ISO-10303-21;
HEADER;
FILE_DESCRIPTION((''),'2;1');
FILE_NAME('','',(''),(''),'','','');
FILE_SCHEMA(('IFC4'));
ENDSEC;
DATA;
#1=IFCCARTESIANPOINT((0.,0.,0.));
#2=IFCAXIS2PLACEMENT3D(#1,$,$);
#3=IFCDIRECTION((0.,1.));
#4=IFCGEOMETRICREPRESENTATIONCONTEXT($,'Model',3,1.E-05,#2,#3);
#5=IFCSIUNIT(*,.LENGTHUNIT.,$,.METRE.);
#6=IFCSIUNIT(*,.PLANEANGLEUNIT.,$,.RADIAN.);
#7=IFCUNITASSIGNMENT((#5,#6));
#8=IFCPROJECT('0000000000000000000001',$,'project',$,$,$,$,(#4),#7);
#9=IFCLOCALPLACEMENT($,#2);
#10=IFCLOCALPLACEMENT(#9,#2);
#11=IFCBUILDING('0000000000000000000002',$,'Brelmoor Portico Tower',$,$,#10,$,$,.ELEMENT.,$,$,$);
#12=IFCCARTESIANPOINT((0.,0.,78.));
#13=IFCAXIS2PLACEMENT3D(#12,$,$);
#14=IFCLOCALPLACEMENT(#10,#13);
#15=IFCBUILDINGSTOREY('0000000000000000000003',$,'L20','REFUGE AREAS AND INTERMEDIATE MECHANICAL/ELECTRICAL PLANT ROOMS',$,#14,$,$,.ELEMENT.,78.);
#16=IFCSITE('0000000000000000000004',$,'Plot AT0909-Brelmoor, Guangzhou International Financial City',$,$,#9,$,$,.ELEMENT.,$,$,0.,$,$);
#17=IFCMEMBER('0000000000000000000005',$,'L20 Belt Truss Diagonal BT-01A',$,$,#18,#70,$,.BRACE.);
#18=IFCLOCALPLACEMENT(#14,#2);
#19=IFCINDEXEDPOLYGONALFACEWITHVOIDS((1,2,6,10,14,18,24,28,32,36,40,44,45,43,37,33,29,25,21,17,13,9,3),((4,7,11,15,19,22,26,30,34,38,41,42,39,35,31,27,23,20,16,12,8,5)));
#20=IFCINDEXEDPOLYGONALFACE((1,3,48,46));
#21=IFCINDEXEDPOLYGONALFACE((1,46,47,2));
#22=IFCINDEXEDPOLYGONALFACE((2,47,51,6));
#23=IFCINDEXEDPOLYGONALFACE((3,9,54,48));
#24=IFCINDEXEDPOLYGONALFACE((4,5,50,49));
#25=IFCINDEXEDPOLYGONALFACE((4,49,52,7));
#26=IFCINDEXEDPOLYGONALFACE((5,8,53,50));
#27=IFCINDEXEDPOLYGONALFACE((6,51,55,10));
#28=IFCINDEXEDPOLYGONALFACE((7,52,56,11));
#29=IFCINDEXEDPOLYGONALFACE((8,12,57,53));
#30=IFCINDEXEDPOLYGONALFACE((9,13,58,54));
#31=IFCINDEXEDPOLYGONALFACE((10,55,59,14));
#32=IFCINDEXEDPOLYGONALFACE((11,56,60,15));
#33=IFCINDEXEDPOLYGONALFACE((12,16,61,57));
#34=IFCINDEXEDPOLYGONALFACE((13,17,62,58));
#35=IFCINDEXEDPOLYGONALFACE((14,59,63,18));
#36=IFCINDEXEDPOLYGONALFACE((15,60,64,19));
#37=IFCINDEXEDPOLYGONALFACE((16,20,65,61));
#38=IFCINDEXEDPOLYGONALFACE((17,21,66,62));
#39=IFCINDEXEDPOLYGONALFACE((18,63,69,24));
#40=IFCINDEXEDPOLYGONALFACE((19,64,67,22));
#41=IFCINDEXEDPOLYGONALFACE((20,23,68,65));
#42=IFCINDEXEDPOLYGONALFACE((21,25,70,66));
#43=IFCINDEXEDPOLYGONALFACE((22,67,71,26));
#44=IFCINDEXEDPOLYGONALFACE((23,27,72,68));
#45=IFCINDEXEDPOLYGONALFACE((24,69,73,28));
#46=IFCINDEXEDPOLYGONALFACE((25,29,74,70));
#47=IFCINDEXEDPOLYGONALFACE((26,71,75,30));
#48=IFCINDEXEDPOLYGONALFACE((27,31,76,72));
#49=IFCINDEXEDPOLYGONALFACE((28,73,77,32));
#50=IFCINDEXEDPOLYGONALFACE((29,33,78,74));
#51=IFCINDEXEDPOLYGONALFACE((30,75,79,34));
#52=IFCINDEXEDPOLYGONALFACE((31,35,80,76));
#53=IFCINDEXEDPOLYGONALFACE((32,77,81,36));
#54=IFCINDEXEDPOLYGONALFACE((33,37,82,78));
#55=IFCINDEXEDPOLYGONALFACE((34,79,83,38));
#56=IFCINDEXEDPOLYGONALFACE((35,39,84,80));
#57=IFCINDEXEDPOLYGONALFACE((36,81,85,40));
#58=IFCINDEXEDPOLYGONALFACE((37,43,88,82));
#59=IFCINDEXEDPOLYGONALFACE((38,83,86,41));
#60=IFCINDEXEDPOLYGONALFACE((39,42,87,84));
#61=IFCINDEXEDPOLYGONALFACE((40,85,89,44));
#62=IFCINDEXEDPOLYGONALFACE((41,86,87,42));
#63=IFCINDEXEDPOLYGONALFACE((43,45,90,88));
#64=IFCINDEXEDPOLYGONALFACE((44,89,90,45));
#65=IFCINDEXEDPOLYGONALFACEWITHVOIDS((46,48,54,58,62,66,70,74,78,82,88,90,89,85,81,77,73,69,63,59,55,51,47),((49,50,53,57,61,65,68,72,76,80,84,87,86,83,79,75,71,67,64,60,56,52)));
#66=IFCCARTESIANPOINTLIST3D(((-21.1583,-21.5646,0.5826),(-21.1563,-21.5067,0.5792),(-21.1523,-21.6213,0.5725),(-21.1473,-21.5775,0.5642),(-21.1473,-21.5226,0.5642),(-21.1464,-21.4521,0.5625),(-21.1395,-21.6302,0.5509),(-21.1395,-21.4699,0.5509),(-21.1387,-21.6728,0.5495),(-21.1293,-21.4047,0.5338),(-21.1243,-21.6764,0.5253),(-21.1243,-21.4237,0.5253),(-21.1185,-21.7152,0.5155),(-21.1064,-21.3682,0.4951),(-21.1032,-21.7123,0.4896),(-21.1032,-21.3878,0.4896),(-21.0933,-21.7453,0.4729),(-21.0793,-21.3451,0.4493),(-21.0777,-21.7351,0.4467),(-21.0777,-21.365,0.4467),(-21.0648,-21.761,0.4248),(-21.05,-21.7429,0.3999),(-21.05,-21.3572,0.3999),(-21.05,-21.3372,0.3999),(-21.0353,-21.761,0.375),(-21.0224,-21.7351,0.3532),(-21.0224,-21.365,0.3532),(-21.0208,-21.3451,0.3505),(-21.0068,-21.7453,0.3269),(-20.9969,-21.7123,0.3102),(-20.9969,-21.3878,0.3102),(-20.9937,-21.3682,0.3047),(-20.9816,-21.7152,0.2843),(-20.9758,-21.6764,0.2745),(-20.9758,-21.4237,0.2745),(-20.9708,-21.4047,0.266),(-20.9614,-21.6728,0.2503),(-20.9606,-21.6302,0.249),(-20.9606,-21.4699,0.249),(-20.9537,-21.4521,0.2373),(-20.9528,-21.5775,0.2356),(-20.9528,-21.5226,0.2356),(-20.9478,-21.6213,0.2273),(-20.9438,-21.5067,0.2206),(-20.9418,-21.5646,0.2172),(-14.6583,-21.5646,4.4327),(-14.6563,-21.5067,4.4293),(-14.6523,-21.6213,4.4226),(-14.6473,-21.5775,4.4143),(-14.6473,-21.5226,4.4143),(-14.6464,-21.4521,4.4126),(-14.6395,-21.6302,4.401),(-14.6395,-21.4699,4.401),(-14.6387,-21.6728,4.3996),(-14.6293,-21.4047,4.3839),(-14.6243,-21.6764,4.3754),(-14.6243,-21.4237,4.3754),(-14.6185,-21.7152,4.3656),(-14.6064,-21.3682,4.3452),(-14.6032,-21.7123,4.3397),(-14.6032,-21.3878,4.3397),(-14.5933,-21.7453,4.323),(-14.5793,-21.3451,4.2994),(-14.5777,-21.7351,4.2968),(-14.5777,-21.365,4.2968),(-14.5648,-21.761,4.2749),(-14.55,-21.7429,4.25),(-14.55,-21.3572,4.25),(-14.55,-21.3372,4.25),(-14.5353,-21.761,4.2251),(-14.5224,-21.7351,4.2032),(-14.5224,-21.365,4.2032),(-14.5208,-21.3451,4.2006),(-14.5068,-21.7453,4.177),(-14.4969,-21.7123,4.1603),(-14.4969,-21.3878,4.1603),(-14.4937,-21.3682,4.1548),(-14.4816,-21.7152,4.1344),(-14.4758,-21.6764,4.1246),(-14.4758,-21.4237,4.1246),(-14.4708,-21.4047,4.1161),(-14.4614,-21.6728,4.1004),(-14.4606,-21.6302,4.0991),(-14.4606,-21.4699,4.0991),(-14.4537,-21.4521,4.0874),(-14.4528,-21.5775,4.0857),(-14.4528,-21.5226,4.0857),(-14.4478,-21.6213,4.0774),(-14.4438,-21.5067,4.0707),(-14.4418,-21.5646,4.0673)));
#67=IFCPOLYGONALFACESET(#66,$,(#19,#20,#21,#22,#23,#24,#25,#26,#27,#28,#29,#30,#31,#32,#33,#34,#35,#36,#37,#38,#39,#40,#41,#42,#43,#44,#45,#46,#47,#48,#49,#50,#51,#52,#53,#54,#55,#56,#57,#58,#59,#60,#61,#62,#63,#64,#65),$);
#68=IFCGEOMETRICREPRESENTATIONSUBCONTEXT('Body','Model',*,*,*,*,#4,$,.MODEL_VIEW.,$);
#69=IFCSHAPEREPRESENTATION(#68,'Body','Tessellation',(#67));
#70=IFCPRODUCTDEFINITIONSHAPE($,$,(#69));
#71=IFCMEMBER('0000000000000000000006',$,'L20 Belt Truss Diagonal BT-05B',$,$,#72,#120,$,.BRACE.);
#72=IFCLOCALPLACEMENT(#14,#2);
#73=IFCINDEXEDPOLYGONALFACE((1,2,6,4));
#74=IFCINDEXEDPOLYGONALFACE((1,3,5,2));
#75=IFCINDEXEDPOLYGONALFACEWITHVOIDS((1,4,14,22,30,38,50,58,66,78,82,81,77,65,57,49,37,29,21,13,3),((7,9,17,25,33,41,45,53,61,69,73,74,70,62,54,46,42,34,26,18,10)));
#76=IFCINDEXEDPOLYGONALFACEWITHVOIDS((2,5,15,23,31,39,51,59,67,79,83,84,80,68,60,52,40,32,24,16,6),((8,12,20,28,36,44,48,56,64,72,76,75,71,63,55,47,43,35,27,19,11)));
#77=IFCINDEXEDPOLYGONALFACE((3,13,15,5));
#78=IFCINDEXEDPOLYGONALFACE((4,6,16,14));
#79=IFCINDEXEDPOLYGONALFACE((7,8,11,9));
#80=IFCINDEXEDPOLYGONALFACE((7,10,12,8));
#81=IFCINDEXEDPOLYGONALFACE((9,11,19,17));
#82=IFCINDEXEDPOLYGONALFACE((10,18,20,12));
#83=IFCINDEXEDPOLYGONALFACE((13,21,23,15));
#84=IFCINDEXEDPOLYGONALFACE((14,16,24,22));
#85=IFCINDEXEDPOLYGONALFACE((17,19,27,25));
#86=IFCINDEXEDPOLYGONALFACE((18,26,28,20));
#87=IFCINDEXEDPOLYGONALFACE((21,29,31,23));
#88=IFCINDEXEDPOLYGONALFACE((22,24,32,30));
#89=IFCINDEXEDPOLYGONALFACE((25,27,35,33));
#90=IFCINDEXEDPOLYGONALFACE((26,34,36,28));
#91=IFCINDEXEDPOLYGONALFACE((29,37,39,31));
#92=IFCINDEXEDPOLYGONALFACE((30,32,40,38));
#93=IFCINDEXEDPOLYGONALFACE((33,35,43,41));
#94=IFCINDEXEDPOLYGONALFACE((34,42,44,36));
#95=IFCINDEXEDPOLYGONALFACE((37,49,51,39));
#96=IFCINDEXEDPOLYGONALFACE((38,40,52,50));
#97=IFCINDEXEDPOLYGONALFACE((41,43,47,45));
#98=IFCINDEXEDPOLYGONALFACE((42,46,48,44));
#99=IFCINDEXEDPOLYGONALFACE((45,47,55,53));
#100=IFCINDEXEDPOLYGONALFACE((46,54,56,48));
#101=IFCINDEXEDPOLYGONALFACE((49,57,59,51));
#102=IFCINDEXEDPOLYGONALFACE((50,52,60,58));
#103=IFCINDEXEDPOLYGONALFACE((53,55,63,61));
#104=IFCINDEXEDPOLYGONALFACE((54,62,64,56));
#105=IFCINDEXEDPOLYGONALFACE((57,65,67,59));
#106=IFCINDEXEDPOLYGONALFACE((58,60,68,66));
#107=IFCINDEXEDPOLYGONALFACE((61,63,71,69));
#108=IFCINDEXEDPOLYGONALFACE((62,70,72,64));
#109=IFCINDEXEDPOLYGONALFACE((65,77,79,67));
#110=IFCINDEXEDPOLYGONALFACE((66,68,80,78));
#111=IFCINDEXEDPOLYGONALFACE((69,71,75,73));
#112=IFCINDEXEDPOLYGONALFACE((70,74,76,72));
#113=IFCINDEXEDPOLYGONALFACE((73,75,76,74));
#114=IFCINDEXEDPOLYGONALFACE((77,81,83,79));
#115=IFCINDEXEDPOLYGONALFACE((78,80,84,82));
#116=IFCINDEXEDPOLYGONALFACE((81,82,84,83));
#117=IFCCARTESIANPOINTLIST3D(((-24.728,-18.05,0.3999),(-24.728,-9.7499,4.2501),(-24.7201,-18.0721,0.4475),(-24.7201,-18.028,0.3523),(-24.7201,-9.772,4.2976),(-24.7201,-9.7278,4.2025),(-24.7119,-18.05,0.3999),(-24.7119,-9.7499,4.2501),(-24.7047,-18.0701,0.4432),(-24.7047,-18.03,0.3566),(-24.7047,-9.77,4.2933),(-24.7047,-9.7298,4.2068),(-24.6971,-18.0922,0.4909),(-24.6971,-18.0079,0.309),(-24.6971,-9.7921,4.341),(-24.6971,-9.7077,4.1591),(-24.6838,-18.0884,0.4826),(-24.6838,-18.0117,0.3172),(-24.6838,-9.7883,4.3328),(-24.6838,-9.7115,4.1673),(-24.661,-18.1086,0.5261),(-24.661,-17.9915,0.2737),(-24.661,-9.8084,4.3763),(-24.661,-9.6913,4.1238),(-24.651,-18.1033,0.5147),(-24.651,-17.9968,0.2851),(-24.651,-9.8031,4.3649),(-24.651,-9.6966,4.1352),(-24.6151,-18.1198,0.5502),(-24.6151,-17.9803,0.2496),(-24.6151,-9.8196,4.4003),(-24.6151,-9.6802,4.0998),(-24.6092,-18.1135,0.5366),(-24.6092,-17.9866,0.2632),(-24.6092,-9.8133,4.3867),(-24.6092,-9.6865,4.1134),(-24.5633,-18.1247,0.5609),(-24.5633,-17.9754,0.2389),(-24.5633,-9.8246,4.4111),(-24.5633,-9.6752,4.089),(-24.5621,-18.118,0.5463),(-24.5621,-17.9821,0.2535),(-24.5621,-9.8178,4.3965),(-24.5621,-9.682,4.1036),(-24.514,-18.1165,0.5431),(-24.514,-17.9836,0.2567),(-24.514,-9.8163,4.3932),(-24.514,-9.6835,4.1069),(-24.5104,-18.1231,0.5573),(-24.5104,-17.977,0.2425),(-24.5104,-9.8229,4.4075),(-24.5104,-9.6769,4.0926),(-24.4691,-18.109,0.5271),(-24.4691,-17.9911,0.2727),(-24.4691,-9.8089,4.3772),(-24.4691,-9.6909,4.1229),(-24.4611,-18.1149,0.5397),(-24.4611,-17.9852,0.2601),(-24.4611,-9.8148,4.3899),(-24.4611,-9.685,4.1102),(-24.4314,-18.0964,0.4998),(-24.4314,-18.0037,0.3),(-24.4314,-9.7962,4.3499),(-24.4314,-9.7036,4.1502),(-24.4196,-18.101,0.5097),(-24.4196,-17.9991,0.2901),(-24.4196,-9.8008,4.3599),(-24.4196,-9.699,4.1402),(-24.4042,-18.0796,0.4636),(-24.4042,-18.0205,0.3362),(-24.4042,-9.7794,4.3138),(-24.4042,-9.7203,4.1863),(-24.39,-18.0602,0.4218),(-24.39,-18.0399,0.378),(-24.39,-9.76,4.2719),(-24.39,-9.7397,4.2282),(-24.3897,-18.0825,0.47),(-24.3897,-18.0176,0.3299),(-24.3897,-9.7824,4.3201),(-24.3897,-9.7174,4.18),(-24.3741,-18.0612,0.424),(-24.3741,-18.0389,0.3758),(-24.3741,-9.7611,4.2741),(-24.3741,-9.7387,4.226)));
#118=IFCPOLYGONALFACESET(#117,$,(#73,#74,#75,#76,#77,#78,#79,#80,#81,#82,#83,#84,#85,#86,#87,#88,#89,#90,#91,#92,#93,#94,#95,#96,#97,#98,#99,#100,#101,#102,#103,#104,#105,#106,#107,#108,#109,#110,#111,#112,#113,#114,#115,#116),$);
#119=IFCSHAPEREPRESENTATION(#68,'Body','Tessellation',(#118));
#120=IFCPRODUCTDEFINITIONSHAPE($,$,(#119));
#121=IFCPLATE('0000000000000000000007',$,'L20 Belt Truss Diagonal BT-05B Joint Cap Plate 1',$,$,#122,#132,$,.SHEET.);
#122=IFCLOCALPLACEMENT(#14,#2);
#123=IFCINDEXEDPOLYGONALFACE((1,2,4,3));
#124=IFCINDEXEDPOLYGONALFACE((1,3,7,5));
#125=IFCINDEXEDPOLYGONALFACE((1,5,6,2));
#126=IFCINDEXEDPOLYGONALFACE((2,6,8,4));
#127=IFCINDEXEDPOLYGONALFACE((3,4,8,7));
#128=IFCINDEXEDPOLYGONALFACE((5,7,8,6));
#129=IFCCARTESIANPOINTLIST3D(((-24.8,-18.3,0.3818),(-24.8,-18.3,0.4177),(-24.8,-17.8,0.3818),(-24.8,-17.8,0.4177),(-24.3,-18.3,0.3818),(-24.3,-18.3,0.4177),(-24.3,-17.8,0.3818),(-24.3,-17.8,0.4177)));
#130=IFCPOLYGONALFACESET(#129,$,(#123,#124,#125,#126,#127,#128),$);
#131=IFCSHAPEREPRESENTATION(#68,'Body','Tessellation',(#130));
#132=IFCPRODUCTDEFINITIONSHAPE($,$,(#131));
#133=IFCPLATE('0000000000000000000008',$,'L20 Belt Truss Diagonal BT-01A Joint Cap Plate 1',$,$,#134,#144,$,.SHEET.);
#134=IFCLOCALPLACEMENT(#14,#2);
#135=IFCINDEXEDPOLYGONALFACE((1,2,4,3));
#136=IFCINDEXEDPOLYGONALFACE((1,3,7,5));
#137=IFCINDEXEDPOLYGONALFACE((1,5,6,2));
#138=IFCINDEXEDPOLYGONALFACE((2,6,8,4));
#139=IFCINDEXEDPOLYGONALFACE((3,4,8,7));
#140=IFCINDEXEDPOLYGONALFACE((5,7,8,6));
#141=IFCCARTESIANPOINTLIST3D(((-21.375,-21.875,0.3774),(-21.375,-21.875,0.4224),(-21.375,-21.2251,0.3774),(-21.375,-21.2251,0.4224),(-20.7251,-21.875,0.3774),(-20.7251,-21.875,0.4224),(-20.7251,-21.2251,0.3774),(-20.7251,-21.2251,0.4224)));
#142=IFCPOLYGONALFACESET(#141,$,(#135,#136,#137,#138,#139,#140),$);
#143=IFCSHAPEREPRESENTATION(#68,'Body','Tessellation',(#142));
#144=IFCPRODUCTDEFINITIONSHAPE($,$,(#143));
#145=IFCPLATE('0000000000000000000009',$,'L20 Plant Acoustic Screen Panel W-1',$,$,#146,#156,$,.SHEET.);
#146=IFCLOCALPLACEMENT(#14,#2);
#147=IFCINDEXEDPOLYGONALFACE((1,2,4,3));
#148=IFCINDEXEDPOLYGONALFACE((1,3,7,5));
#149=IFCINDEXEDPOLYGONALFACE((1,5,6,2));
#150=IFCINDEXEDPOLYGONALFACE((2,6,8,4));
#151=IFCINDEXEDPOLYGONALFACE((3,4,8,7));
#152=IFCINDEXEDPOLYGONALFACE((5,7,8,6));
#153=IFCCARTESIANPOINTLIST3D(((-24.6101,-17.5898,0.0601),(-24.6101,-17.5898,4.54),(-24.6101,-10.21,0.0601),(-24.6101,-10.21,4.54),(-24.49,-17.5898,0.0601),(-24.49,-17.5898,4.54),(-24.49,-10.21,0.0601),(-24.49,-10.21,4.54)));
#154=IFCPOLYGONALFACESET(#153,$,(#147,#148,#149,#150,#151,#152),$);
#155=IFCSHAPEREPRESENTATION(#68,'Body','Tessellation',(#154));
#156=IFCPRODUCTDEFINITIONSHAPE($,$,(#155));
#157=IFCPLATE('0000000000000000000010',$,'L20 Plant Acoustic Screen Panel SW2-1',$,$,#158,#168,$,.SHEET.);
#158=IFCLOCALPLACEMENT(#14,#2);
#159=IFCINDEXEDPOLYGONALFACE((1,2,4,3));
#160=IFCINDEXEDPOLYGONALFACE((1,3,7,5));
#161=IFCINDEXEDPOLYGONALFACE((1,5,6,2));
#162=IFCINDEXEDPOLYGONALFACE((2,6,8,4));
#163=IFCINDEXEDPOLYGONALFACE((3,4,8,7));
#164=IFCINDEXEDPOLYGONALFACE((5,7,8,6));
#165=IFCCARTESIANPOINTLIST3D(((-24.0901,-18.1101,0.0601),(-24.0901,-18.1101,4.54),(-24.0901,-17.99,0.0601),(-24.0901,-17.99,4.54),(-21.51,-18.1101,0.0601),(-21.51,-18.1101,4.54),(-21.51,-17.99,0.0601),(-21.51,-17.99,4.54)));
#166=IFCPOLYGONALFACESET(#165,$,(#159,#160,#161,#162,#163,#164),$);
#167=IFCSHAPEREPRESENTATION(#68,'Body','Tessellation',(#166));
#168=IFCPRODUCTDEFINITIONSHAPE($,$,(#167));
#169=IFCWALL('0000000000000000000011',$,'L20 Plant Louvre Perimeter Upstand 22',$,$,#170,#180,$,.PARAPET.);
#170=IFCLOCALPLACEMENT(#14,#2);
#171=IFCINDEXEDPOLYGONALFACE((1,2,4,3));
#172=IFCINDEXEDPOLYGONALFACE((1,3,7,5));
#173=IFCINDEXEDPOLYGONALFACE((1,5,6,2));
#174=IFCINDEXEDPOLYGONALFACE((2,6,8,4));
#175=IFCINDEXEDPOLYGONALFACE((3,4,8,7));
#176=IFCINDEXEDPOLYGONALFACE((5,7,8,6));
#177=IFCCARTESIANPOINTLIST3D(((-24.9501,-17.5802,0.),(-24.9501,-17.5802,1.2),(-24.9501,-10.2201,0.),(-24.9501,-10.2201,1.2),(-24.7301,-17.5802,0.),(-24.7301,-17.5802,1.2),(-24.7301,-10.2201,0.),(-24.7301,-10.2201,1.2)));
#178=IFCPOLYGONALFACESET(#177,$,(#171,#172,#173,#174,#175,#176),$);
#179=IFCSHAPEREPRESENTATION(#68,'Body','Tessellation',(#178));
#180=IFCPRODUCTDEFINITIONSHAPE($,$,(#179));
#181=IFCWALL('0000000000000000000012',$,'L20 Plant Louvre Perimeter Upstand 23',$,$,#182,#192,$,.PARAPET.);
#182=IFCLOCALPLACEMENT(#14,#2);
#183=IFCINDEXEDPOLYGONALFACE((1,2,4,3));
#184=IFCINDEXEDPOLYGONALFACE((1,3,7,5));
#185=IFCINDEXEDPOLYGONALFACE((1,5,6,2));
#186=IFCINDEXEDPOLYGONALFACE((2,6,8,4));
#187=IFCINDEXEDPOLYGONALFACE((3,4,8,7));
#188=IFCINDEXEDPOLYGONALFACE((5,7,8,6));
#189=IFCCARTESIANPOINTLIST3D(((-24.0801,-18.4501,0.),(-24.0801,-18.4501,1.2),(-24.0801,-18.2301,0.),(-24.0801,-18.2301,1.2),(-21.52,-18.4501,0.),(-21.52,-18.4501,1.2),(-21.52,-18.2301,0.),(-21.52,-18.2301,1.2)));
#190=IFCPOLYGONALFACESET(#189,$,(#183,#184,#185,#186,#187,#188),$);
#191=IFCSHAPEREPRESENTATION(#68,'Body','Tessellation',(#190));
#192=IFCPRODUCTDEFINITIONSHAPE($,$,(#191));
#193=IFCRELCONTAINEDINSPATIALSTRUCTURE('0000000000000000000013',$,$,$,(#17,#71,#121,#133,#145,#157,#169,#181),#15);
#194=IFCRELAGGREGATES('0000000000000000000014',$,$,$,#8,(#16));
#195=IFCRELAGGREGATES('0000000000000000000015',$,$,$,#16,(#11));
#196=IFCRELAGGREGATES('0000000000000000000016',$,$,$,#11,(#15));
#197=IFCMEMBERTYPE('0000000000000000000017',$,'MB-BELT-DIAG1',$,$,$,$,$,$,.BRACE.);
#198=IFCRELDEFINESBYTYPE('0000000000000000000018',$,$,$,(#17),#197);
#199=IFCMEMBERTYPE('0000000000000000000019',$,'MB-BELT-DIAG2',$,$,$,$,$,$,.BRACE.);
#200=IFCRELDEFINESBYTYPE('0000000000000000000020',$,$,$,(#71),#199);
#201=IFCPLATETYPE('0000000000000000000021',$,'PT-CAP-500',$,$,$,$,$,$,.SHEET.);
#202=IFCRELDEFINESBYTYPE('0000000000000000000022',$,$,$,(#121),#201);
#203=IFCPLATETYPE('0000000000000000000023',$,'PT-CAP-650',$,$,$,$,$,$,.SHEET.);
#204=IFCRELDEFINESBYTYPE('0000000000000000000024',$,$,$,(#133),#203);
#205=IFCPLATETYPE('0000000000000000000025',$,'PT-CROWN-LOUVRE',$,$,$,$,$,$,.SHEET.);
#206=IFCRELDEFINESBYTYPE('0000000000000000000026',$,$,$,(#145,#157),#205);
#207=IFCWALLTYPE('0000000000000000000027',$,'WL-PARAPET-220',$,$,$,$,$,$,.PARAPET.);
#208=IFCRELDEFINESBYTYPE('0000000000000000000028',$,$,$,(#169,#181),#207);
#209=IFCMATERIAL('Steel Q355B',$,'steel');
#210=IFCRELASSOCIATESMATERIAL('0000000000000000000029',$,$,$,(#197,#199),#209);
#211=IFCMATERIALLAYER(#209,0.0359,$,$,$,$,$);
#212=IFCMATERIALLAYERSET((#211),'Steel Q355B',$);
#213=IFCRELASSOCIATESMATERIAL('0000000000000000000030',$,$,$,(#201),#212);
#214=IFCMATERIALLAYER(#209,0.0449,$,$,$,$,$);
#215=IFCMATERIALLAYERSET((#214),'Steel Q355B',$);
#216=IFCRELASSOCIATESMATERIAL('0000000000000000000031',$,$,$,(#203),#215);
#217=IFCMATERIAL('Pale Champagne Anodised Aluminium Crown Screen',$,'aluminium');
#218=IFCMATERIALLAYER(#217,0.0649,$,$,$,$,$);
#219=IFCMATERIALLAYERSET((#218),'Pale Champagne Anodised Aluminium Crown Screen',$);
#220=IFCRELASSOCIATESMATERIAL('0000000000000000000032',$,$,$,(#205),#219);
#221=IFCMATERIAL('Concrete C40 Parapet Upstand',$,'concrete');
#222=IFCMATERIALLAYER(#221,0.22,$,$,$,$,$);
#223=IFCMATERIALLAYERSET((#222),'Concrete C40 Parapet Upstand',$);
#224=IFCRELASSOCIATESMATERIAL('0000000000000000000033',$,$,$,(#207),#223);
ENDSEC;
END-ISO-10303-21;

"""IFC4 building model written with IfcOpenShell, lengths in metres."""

from ifc_helpers import new_model, si_unit, direction, frame, frame_2d, origin, origin_2d, place, context, subcontext, project, spatial, rectangle, hollow_circle, extrude, material, layer, layer_set, material_profile, profile_set, type_object, element, save


model = new_model("IFC4")

# Units and contexts
model_context = context("Model", 3, precision=1e-05, world=origin(), true_north=direction((0.0, 1.0)))
body_context = subcontext(model_context, "Body", "Model", "MODEL_VIEW")
ifc_project = project(units=[si_unit("LENGTHUNIT", "METRE"), si_unit("PLANEANGLEUNIT", "RADIAN")], contexts=[model_context])

# Site, building, storey
site_placement = place(None, origin())
site = spatial("IfcSite", under=ifc_project, at=site_placement, Name="Plot AT0909-Brelmoor, Guangzhou International Financial City", CompositionType="ELEMENT", RefElevation=0.0)
building_placement = place(site_placement, origin())
building = spatial("IfcBuilding", under=site, at=building_placement, Name="Brelmoor Portico Tower", CompositionType="ELEMENT")
storey_placement = place(building_placement, frame((0.0, 0.0, 78.0)))
storey = spatial("IfcBuildingStorey", under=building, at=storey_placement, Name="L20", Description="REFUGE AREAS AND INTERMEDIATE MECHANICAL/ELECTRICAL PLANT ROOMS", CompositionType="ELEMENT", Elevation=78.0)

# Shared definitions
ifc_material_1 = material(Name="Steel Q355B", Category="steel")

# Members
ifc_material_profile_1 = material_profile(ifc_material_1, hollow_circle(Radius=0.2129, WallThickness=0.02, at=origin_2d()), Name="CHS 426x20")
ifc_profile_set_1 = profile_set([ifc_material_profile_1], Name="Steel Q355B")
member_type_1 = type_object("IfcMemberType", Name="MB-BELT-DIAG1", PredefinedType="BRACE", material=ifc_profile_set_1)
member_1_placement = place(storey_placement, frame((-21.05, -21.55, 0.3999), z_axis=(0.860393, 0.0, 0.509631), x_axis=(0.0, 1.0, 0.0)))
element("IfcMember", 1, at=member_1_placement, inside=storey, type_object=member_type_1, Name="L20 Belt Truss Diagonal BT-01A", PredefinedType="BRACE", context=body_context, shape_type="SweptSolid", body=[
    extrude(hollow_circle(Radius=0.2129, WallThickness=0.02, at=origin_2d()), origin(), (0.0, 0.0, 1.0), 7.5547),
])
ifc_material_profile_2 = material_profile(ifc_material_1, hollow_circle(Radius=0.178, WallThickness=0.0161, at=origin_2d()), Name="CHS 356x16")
ifc_profile_set_2 = profile_set([ifc_material_profile_2], Name="Steel Q355B")
member_type_2 = type_object("IfcMemberType", Name="MB-BELT-DIAG2", PredefinedType="BRACE", material=ifc_profile_set_2)
member_2_placement = place(storey_placement, frame((-24.55, -18.05, 0.3999), z_axis=(0.0, 0.907155, 0.420797), x_axis=(-1.0, 0.0, 0.0)))
element("IfcMember", 2, at=member_2_placement, inside=storey, type_object=member_type_2, Name="L20 Belt Truss Diagonal BT-05B", PredefinedType="BRACE", context=body_context, shape_type="SweptSolid", body=[
    extrude(hollow_circle(Radius=0.178, WallThickness=0.0161, at=origin_2d()), origin(), (0.0, 0.0, 1.0), 9.1497),
])

# Plates
ifc_layer_1 = layer(ifc_material_1, 0.0359)
ifc_layer_set_1 = layer_set([ifc_layer_1], Name="Steel Q355B")
plate_type_1 = type_object("IfcPlateType", Name="PT-CAP-500", PredefinedType="SHEET", material=ifc_layer_set_1)
plate_1_placement = place(storey_placement, frame((-24.55, -18.05, 0.3818), z_axis=(0.0, 0.0, 1.0), x_axis=(1.0, 0.0, 0.0)))
element("IfcPlate", 3, at=plate_1_placement, inside=storey, type_object=plate_type_1, Name="L20 Belt Truss Diagonal BT-05B Joint Cap Plate 1", PredefinedType="SHEET", context=body_context, shape_type="SweptSolid", body=[
    extrude(rectangle(XDim=0.5, YDim=0.5, at=origin_2d()), origin(), (0.0, 0.0, 1.0), 0.0359),
])
ifc_layer_2 = layer(ifc_material_1, 0.0449)
ifc_layer_set_2 = layer_set([ifc_layer_2], Name="Steel Q355B")
plate_type_2 = type_object("IfcPlateType", Name="PT-CAP-650", PredefinedType="SHEET", material=ifc_layer_set_2)
plate_2_placement = place(storey_placement, frame((-21.05, -21.55, 0.3774), z_axis=(0.0, 0.0, 1.0), x_axis=(1.0, 0.0, 0.0)))
element("IfcPlate", 4, at=plate_2_placement, inside=storey, type_object=plate_type_2, Name="L20 Belt Truss Diagonal BT-01A Joint Cap Plate 1", PredefinedType="SHEET", context=body_context, shape_type="SweptSolid", body=[
    extrude(rectangle(XDim=0.6499, YDim=0.6499, at=origin_2d()), origin(), (0.0, 0.0, 1.0), 0.0449),
])
ifc_material_2 = material(Name="Pale Champagne Anodised Aluminium Crown Screen", Category="aluminium")
ifc_layer_3 = layer(ifc_material_2, 0.0649)
ifc_layer_set_3 = layer_set([ifc_layer_3], Name="Pale Champagne Anodised Aluminium Crown Screen")
plate_type_3 = type_object("IfcPlateType", Name="PT-CROWN-LOUVRE", PredefinedType="SHEET", material=ifc_layer_set_3)
plate_3_placement = place(storey_placement, frame((-24.55, -13.8999, 0.0601), z_axis=(0.0, 0.0, 1.0), x_axis=(0.0, 1.0, 0.0)))
element("IfcPlate", 5, at=plate_3_placement, inside=storey, type_object=plate_type_3, Name="L20 Plant Acoustic Screen Panel W-1", PredefinedType="SHEET", context=body_context, shape_type="SweptSolid", body=[
    extrude(rectangle(XDim=7.3799, YDim=0.1201, at=origin_2d()), origin(), (0.0, 0.0, 1.0), 4.48),
])
plate_4_placement = place(storey_placement, frame((-22.8, -18.05, 0.0601), z_axis=(0.0, 0.0, 1.0), x_axis=(1.0, 0.0, 0.0)))
element("IfcPlate", 6, at=plate_4_placement, inside=storey, type_object=plate_type_3, Name="L20 Plant Acoustic Screen Panel SW2-1", PredefinedType="SHEET", context=body_context, shape_type="SweptSolid", body=[
    extrude(rectangle(XDim=2.5801, YDim=0.1201, at=origin_2d()), origin(), (0.0, 0.0, 1.0), 4.48),
])

# Walls
ifc_material_3 = material(Name="Concrete C40 Parapet Upstand", Category="concrete")
ifc_layer_4 = layer(ifc_material_3, 0.22)
ifc_layer_set_4 = layer_set([ifc_layer_4], Name="Concrete C40 Parapet Upstand")
wall_type_1 = type_object("IfcWallType", Name="WL-PARAPET-220", PredefinedType="PARAPET", material=ifc_layer_set_4)
wall_1_placement = place(storey_placement, frame((-24.8401, -10.22, 0.0), z_axis=(0.0, 0.0, 1.0), x_axis=(0.0, -1.0, 0.0)))
element("IfcWall", 7, at=wall_1_placement, inside=storey, type_object=wall_type_1, Name="L20 Plant Louvre Perimeter Upstand 22", PredefinedType="PARAPET", context=body_context, shape_type="SweptSolid", body=[
    extrude(rectangle(XDim=7.3601, YDim=0.22, at=frame_2d((3.6802, 0.0))), origin(), (0.0, 0.0, 1.0), 1.2),
])
for number, where, z_axis, x_axis, name in (
    (8, (-24.0801, -18.3401, 0.0), (0.0, 0.0, 1.0), (1.0, 0.0, 0.0), "L20 Plant Louvre Perimeter Upstand 23"),
):
    element("IfcWall", number, at=place(storey_placement, frame(where, z_axis=z_axis, x_axis=x_axis)), inside=storey, type_object=wall_type_1, Name=name, PredefinedType="PARAPET", context=body_context, shape_type="SweptSolid", body=[
        extrude(rectangle(XDim=2.5601, YDim=0.22, at=frame_2d((1.28, 0.0))), origin(), (0.0, 0.0, 1.0), 1.2),
    ])

save(model, "model.ifc")
